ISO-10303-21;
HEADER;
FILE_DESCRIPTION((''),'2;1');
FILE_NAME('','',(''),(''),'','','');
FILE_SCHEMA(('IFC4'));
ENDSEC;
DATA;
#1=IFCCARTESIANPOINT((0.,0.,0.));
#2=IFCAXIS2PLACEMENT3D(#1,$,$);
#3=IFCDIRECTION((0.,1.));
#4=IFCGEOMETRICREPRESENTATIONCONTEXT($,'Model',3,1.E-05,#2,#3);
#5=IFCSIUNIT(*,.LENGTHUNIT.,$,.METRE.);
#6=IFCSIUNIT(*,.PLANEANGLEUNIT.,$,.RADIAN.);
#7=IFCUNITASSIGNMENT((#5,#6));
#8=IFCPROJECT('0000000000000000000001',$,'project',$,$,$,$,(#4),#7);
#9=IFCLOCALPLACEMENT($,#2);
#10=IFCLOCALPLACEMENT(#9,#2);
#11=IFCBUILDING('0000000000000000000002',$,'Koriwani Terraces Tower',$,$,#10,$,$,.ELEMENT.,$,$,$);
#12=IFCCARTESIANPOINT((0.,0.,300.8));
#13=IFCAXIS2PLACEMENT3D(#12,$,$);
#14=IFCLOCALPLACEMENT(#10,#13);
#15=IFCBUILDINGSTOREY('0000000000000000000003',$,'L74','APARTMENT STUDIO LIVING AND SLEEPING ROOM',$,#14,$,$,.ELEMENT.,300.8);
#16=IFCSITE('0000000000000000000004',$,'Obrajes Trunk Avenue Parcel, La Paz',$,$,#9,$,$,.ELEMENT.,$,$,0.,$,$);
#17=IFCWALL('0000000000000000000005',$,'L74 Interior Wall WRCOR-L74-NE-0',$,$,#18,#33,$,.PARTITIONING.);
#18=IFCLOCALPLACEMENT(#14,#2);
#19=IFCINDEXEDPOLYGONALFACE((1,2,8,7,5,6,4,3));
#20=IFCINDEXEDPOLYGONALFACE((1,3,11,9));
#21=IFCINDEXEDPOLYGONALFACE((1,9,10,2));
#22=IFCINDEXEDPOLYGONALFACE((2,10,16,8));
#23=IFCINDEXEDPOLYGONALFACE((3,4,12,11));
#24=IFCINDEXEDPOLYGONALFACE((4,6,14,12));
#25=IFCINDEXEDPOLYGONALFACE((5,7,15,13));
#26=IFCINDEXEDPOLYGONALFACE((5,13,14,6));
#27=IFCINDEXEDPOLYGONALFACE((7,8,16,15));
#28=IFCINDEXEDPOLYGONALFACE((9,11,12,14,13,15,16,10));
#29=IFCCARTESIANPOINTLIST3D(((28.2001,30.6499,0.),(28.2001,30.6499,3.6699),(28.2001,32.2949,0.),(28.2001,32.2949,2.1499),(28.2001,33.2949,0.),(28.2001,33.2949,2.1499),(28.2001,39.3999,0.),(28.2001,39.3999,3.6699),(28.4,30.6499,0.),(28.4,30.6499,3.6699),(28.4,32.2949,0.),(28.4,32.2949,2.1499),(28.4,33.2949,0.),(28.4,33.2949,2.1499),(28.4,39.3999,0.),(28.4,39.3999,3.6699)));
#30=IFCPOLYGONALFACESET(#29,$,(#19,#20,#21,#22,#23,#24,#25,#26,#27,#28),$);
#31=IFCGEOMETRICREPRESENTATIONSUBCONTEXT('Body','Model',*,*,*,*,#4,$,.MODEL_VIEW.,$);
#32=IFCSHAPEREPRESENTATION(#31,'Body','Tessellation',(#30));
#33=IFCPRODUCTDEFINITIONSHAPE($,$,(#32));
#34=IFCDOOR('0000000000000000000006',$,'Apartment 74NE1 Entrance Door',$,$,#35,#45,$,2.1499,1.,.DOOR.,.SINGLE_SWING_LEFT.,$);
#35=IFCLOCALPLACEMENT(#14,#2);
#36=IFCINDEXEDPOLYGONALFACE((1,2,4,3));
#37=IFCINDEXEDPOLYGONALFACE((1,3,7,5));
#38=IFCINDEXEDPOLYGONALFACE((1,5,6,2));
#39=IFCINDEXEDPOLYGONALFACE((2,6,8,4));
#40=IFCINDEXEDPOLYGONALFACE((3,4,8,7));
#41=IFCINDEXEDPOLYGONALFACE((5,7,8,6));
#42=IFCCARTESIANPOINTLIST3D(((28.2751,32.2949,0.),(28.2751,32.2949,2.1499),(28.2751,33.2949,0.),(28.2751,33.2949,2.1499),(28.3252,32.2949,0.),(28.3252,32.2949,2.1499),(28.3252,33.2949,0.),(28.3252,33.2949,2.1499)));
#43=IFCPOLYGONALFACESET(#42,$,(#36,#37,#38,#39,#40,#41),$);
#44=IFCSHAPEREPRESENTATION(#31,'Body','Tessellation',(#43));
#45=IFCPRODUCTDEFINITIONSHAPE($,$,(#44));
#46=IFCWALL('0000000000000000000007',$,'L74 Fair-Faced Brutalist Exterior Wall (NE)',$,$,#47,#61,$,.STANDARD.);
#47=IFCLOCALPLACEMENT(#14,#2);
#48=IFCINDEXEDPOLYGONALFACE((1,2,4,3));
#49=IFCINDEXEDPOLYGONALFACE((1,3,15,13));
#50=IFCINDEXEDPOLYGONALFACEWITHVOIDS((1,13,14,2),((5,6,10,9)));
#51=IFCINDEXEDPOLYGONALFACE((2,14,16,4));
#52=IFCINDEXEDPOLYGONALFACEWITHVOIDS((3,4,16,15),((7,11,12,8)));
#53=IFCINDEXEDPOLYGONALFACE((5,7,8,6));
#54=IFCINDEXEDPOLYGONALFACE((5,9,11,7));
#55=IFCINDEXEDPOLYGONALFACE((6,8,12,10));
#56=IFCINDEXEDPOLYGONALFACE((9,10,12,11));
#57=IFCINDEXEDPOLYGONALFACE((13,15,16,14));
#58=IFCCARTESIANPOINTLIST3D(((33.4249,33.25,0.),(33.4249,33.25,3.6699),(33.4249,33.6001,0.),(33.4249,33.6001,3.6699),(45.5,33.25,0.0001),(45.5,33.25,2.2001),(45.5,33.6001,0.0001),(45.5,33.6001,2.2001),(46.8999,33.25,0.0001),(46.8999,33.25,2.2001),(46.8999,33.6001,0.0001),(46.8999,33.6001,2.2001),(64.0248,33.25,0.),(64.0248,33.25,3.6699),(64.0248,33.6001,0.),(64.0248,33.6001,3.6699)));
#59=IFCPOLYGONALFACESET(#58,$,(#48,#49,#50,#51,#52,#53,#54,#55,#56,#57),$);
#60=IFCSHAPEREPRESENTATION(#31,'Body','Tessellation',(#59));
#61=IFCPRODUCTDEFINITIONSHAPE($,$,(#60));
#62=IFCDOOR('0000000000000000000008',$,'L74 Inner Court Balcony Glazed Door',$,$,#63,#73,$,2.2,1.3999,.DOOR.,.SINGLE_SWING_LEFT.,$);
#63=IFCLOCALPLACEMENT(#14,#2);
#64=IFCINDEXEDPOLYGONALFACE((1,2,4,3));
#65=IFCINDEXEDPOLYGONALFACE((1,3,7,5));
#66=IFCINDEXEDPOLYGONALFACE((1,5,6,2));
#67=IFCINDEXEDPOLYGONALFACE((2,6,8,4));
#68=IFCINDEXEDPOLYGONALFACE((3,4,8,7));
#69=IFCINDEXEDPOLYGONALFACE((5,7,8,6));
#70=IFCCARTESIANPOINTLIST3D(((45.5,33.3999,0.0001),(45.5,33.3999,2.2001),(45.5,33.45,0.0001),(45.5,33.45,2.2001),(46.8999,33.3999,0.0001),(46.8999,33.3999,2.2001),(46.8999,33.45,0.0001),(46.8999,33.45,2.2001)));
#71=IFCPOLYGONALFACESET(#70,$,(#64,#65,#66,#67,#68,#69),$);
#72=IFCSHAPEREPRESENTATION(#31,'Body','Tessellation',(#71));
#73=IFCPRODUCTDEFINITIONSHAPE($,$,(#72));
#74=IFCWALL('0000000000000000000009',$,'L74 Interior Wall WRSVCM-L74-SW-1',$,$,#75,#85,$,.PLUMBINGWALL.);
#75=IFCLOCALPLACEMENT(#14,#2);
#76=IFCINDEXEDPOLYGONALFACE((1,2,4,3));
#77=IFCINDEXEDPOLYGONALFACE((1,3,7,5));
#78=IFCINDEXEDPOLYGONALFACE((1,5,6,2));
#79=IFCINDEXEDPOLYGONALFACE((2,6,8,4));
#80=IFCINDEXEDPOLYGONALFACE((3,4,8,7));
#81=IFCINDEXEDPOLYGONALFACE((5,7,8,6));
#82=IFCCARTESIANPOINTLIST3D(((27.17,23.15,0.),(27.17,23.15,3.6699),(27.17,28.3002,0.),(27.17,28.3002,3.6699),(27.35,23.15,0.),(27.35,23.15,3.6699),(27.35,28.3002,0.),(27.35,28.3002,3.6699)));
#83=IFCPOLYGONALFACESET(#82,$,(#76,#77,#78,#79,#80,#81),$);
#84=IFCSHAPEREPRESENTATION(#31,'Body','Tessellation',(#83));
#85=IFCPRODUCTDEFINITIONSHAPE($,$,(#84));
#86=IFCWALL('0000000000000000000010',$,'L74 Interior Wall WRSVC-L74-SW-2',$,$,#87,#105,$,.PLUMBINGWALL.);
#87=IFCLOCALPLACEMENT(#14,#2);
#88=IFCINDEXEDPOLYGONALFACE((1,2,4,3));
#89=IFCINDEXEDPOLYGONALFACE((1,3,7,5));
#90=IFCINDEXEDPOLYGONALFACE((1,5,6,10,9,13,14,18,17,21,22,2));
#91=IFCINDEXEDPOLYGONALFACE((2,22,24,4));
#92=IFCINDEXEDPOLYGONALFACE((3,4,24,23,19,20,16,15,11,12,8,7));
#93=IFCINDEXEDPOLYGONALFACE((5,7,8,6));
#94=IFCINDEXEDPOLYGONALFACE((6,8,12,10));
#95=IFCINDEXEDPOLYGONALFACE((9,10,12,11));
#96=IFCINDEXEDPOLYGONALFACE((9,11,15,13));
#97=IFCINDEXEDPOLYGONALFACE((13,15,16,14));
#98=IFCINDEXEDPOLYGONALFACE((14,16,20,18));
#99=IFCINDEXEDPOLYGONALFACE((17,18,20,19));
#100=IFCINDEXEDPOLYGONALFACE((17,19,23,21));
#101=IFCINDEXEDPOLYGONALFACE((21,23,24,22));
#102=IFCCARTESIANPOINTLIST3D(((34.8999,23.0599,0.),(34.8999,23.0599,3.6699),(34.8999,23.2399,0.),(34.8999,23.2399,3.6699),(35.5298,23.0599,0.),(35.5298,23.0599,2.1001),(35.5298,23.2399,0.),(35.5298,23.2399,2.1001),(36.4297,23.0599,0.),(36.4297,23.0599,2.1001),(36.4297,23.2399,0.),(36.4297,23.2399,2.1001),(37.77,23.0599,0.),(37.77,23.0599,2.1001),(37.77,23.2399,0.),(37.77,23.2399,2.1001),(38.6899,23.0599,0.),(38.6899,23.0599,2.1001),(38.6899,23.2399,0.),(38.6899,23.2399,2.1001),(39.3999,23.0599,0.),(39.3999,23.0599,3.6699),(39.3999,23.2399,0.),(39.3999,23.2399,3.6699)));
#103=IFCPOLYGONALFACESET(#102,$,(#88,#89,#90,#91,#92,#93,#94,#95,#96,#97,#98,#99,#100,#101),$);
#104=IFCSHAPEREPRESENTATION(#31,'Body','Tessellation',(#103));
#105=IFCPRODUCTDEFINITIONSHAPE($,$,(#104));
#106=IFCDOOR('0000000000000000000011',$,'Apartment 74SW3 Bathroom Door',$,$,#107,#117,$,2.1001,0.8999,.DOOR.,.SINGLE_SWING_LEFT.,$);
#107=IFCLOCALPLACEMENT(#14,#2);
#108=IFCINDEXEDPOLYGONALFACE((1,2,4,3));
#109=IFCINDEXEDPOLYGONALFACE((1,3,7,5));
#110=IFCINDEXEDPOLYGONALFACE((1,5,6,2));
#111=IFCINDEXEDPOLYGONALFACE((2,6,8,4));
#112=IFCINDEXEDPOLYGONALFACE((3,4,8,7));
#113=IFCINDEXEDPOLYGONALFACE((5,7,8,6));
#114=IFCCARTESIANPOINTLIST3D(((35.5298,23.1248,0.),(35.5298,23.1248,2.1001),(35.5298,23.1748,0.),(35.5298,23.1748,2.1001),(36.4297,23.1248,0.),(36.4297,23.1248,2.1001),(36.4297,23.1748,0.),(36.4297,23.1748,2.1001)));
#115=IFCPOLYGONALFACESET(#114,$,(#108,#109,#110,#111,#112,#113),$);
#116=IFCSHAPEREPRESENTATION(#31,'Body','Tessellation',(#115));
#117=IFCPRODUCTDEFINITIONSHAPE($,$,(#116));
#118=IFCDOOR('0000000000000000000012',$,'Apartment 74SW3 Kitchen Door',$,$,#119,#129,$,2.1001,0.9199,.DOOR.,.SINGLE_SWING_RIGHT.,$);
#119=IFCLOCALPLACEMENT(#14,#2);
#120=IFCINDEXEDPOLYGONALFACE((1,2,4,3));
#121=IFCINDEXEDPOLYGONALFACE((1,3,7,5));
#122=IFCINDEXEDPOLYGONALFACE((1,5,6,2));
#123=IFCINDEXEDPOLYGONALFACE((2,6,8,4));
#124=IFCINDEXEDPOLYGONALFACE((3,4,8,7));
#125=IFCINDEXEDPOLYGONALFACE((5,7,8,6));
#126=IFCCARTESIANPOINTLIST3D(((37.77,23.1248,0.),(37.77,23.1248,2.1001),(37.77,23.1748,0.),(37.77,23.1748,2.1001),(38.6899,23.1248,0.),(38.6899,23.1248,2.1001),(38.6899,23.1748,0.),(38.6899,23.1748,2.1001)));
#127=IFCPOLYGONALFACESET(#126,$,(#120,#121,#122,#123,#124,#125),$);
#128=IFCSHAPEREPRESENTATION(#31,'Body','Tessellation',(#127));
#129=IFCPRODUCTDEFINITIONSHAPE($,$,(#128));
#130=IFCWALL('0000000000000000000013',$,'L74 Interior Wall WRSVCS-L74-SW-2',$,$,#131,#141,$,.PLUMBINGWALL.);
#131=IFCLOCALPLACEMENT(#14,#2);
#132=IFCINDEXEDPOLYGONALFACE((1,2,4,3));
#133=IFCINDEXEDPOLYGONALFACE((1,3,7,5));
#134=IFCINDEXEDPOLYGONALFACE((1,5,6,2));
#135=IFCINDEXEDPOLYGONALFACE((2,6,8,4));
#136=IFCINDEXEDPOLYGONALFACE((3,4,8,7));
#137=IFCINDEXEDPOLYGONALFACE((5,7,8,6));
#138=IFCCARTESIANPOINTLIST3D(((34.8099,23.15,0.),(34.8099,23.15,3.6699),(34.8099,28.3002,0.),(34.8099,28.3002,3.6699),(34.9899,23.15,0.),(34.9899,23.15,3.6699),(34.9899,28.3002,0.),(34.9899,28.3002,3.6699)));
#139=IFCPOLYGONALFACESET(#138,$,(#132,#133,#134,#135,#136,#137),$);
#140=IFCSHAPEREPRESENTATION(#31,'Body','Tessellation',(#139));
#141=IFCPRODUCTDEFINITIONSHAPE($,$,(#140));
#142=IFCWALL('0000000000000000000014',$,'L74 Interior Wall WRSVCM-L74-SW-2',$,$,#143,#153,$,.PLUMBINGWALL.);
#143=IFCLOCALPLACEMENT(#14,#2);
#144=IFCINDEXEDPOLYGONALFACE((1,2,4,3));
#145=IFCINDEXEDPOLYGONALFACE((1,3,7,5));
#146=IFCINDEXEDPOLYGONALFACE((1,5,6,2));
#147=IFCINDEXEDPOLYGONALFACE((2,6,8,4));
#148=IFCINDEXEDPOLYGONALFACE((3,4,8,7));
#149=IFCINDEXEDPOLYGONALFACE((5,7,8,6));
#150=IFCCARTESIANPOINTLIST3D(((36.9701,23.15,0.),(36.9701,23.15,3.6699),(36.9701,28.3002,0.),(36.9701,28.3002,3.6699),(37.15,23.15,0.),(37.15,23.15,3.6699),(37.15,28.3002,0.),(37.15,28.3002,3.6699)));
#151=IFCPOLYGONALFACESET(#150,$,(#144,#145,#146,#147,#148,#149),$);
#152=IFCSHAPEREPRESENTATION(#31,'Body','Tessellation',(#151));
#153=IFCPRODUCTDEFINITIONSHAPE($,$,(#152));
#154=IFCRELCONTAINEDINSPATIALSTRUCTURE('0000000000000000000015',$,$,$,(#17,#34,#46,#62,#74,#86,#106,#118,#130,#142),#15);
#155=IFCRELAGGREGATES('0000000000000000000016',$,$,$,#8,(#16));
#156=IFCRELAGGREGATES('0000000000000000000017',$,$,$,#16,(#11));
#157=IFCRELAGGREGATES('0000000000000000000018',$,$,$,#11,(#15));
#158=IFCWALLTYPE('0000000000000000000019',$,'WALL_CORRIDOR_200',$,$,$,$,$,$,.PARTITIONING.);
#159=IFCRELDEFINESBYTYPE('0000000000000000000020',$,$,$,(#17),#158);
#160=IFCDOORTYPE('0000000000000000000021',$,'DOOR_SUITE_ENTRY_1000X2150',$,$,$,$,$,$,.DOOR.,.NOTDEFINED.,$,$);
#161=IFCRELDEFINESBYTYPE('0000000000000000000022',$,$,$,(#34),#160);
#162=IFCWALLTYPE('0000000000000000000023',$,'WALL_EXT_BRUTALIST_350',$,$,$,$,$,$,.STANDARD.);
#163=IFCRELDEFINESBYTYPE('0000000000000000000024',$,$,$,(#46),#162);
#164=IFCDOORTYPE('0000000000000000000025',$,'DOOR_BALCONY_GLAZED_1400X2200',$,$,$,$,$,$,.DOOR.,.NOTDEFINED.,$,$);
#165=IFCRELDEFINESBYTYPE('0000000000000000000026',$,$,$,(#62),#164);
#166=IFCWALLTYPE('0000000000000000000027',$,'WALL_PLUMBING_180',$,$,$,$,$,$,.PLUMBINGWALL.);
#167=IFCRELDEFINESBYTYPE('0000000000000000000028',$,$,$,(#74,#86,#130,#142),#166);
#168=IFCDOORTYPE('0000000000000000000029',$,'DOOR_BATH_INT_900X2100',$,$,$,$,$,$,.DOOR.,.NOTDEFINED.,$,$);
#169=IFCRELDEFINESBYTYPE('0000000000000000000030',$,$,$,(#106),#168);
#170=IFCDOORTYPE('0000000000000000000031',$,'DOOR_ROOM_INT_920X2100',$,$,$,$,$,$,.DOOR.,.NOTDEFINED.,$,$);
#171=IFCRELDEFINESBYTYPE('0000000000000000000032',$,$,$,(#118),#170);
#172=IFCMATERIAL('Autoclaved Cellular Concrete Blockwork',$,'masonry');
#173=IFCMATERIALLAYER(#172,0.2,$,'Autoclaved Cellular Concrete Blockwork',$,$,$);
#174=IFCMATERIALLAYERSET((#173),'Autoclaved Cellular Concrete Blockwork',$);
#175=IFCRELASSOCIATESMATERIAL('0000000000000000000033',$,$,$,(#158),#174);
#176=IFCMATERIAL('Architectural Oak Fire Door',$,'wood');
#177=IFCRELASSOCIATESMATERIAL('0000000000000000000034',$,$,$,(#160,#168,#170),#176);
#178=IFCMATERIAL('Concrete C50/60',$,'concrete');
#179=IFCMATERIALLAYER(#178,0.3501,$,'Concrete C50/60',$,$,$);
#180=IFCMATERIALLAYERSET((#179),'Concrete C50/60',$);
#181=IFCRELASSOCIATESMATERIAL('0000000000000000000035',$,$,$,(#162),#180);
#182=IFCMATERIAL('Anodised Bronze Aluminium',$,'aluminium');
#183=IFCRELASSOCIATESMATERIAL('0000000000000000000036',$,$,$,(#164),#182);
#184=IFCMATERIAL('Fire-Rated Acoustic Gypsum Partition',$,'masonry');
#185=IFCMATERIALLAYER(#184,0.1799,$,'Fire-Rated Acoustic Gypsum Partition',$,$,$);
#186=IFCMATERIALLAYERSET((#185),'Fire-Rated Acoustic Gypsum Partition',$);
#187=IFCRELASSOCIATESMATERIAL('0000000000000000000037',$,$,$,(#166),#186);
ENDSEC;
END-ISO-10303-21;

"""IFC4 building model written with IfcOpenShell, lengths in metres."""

from ifc_helpers import new_model, si_unit, direction, frame, frame_2d, origin, place, context, subcontext, project, spatial, rectangle, extrude, material, layer, layer_set, type_object, element, fill, save


model = new_model("IFC4")

# Units and contexts
model_context = context("Model", 3, precision=1e-05, world=origin(), true_north=direction((0.0, 1.0)))
body_context = subcontext(model_context, "Body", "Model", "MODEL_VIEW")
ifc_project = project(units=[si_unit("LENGTHUNIT", "METRE"), si_unit("PLANEANGLEUNIT", "RADIAN")], contexts=[model_context])

# Site, building, storey
site_placement = place(None, origin())
site = spatial("IfcSite", under=ifc_project, at=site_placement, Name="Obrajes Trunk Avenue Parcel, La Paz", CompositionType="ELEMENT", RefElevation=0.0)
building_placement = place(site_placement, origin())
building = spatial("IfcBuilding", under=site, at=building_placement, Name="Koriwani Terraces Tower", CompositionType="ELEMENT")
storey_placement = place(building_placement, frame((0.0, 0.0, 300.8)))
storey = spatial("IfcBuildingStorey", under=building, at=storey_placement, Name="L74", Description="APARTMENT STUDIO LIVING AND SLEEPING ROOM", CompositionType="ELEMENT", Elevation=300.8)

# Shared definitions
ifc_material_1 = material(Name="Concrete C50/60", Category="concrete")

# Walls, openings, doors
ifc_material_2 = material(Name="Autoclaved Cellular Concrete Blockwork", Category="masonry")
ifc_layer_1 = layer(ifc_material_2, 0.2, Name="Autoclaved Cellular Concrete Blockwork")
ifc_layer_set_1 = layer_set([ifc_layer_1], Name="Autoclaved Cellular Concrete Blockwork")
wall_type_1 = type_object("IfcWallType", Name="WALL_CORRIDOR_200", PredefinedType="PARTITIONING", material=ifc_layer_set_1)
wall_1_placement = place(storey_placement, frame((28.3, 30.6499, 0.0), z_axis=(0.0, 0.0, 1.0), x_axis=(0.0, 1.0, 0.0)))
wall_1 = element("IfcWall", 1, at=wall_1_placement, inside=storey, type_object=wall_type_1, Name="L74 Interior Wall WRCOR-L74-NE-0", PredefinedType="PARTITIONING", context=body_context, shape_type="SweptSolid", body=[
    extrude(rectangle(XDim=8.75, YDim=0.2, at=frame_2d((4.375, 0.0))), origin(), (0.0, 0.0, 1.0), 3.6699),
])
opening_1_placement = place(wall_1_placement, frame((1.645, 0.0, 0.0)))
opening_1 = element("IfcOpeningElement", 2, at=opening_1_placement, cuts=wall_1, PredefinedType="OPENING", context=body_context, shape_type="SweptSolid", body=[
    extrude(rectangle(XDim=1.0, YDim=2.1499, at=frame_2d((0.5, 1.075))), frame((0.0, 0.1099, 0.0), z_axis=(0.0, -1.0, 0.0), x_axis=(1.0, 0.0, 0.0)), (0.0, 0.0, 1.0), 0.22),
])
ifc_material_3 = material(Name="Architectural Oak Fire Door", Category="wood")
door_type_1 = type_object("IfcDoorType", Name="DOOR_SUITE_ENTRY_1000X2150", OperationType="NOTDEFINED", PredefinedType="DOOR", material=ifc_material_3)
door_1_placement = place(opening_1_placement, origin())
door_1 = element("IfcDoor", 3, at=door_1_placement, inside=storey, type_object=door_type_1, Name="Apartment 74NE1 Entrance Door", OperationType="SINGLE_SWING_LEFT", OverallHeight=2.1499, OverallWidth=1.0, PredefinedType="DOOR", context=body_context, shape_type="SweptSolid", body=[
    extrude(rectangle(XDim=1.0, YDim=2.1499, at=frame_2d((0.5, 1.075))), frame((0.0, 0.0249, 0.0), z_axis=(0.0, -1.0, 0.0), x_axis=(1.0, 0.0, 0.0)), (0.0, 0.0, 1.0), 0.05),
])
fill(opening_1, door_1)
ifc_layer_2 = layer(ifc_material_1, 0.3501, Name="Concrete C50/60")
ifc_layer_set_2 = layer_set([ifc_layer_2], Name="Concrete C50/60")
wall_type_2 = type_object("IfcWallType", Name="WALL_EXT_BRUTALIST_350", PredefinedType="STANDARD", material=ifc_layer_set_2)
wall_2_placement = place(storey_placement, frame((33.425, 33.425, 0.0), z_axis=(0.0, 0.0, 1.0), x_axis=(1.0, 0.0, 0.0)))
wall_2 = element("IfcWall", 4, at=wall_2_placement, inside=storey, type_object=wall_type_2, Name="L74 Fair-Faced Brutalist Exterior Wall (NE)", PredefinedType="STANDARD", context=body_context, shape_type="SweptSolid", body=[
    extrude(rectangle(XDim=30.5999, YDim=0.3501, at=frame_2d((15.2998, 0.0))), origin(), (0.0, 0.0, 1.0), 3.6699),
])
opening_2_placement = place(wall_2_placement, frame((12.075, 0.0, 0.0)))
opening_2 = element("IfcOpeningElement", 5, at=opening_2_placement, cuts=wall_2, PredefinedType="OPENING", context=body_context, shape_type="SweptSolid", body=[
    extrude(rectangle(XDim=1.3999, YDim=2.2, at=frame_2d((0.7, 1.1001))), frame((0.0, 0.1851, 0.0), z_axis=(0.0, -1.0, 0.0), x_axis=(1.0, 0.0, 0.0)), (0.0, 0.0, 1.0), 0.3701),
])
ifc_material_4 = material(Name="Anodised Bronze Aluminium", Category="aluminium")
door_type_2 = type_object("IfcDoorType", Name="DOOR_BALCONY_GLAZED_1400X2200", OperationType="NOTDEFINED", PredefinedType="DOOR", material=ifc_material_4)
door_2_placement = place(opening_2_placement, origin())
door_2 = element("IfcDoor", 6, at=door_2_placement, inside=storey, type_object=door_type_2, Name="L74 Inner Court Balcony Glazed Door", OperationType="SINGLE_SWING_LEFT", OverallHeight=2.2, OverallWidth=1.3999, PredefinedType="DOOR", context=body_context, shape_type="SweptSolid", body=[
    extrude(rectangle(XDim=1.3999, YDim=2.2, at=frame_2d((0.7, 1.1001))), frame((0.0, 0.0249, 0.0), z_axis=(0.0, -1.0, 0.0), x_axis=(1.0, 0.0, 0.0)), (0.0, 0.0, 1.0), 0.05),
])
fill(opening_2, door_2)

# Wall
ifc_material_5 = material(Name="Fire-Rated Acoustic Gypsum Partition", Category="masonry")
ifc_layer_3 = layer(ifc_material_5, 0.1799, Name="Fire-Rated Acoustic Gypsum Partition")
ifc_layer_set_3 = layer_set([ifc_layer_3], Name="Fire-Rated Acoustic Gypsum Partition")
wall_type_3 = type_object("IfcWallType", Name="WALL_PLUMBING_180", PredefinedType="PLUMBINGWALL", material=ifc_layer_set_3)
wall_3_placement = place(storey_placement, frame((27.26, 23.1499, 0.0), z_axis=(0.0, 0.0, 1.0), x_axis=(0.0, 1.0, 0.0)))
element("IfcWall", 7, at=wall_3_placement, inside=storey, type_object=wall_type_3, Name="L74 Interior Wall WRSVCM-L74-SW-1", PredefinedType="PLUMBINGWALL", context=body_context, shape_type="SweptSolid", body=[
    extrude(rectangle(XDim=5.1501, YDim=0.1799, at=frame_2d((2.5752, 0.0))), origin(), (0.0, 0.0, 1.0), 3.6699),
])

# Wall, openings, doors
wall_4_placement = place(storey_placement, frame((34.8999, 23.1499, 0.0), z_axis=(0.0, 0.0, 1.0), x_axis=(1.0, 0.0, 0.0)))
wall_4 = element("IfcWall", 8, at=wall_4_placement, inside=storey, type_object=wall_type_3, Name="L74 Interior Wall WRSVC-L74-SW-2", PredefinedType="PLUMBINGWALL", context=body_context, shape_type="SweptSolid", body=[
    extrude(rectangle(XDim=4.5, YDim=0.1799, at=frame_2d((2.25, 0.0))), origin(), (0.0, 0.0, 1.0), 3.6699),
])
opening_3_placement = place(wall_4_placement, frame((0.6299, 0.0, 0.0)))
opening_3 = element("IfcOpeningElement", 9, at=opening_3_placement, cuts=wall_4, PredefinedType="OPENING", context=body_context, shape_type="SweptSolid", body=[
    extrude(rectangle(XDim=0.8999, YDim=2.1001, at=frame_2d((0.45, 1.05))), frame((0.0, 0.1001, 0.0), z_axis=(0.0, -1.0, 0.0), x_axis=(1.0, 0.0, 0.0)), (0.0, 0.0, 1.0), 0.2),
])
opening_4_placement = place(wall_4_placement, frame((2.8701, 0.0, 0.0)))
opening_4 = element("IfcOpeningElement", 10, at=opening_4_placement, cuts=wall_4, PredefinedType="OPENING", context=body_context, shape_type="SweptSolid", body=[
    extrude(rectangle(XDim=0.9199, YDim=2.1001, at=frame_2d((0.46, 1.05))), frame((0.0, 0.1001, 0.0), z_axis=(0.0, -1.0, 0.0), x_axis=(1.0, 0.0, 0.0)), (0.0, 0.0, 1.0), 0.2),
])
door_type_3 = type_object("IfcDoorType", Name="DOOR_BATH_INT_900X2100", OperationType="NOTDEFINED", PredefinedType="DOOR", material=ifc_material_3)
door_3_placement = place(opening_3_placement, origin())
door_3 = element("IfcDoor", 11, at=door_3_placement, inside=storey, type_object=door_type_3, Name="Apartment 74SW3 Bathroom Door", OperationType="SINGLE_SWING_LEFT", OverallHeight=2.1001, OverallWidth=0.8999, PredefinedType="DOOR", context=body_context, shape_type="SweptSolid", body=[
    extrude(rectangle(XDim=0.8999, YDim=2.1001, at=frame_2d((0.45, 1.05))), frame((0.0, 0.0249, 0.0), z_axis=(0.0, -1.0, 0.0), x_axis=(1.0, 0.0, 0.0)), (0.0, 0.0, 1.0), 0.05),
])
fill(opening_3, door_3)
door_type_4 = type_object("IfcDoorType", Name="DOOR_ROOM_INT_920X2100", OperationType="NOTDEFINED", PredefinedType="DOOR", material=ifc_material_3)
door_4_placement = place(opening_4_placement, origin())
door_4 = element("IfcDoor", 12, at=door_4_placement, inside=storey, type_object=door_type_4, Name="Apartment 74SW3 Kitchen Door", OperationType="SINGLE_SWING_RIGHT", OverallHeight=2.1001, OverallWidth=0.9199, PredefinedType="DOOR", context=body_context, shape_type="SweptSolid", body=[
    extrude(rectangle(XDim=0.9199, YDim=2.1001, at=frame_2d((0.46, 1.05))), frame((0.0, 0.0249, 0.0), z_axis=(0.0, -1.0, 0.0), x_axis=(1.0, 0.0, 0.0)), (0.0, 0.0, 1.0), 0.05),
])
fill(opening_4, door_4)

# Walls
for number, where, z_axis, x_axis, name in (
    (13, (34.8999, 23.1499, 0.0), (0.0, 0.0, 1.0), (0.0, 1.0, 0.0), "L74 Interior Wall WRSVCS-L74-SW-2"),
    (14, (37.0601, 23.1499, 0.0), (0.0, 0.0, 1.0), (0.0, 1.0, 0.0), "L74 Interior Wall WRSVCM-L74-SW-2"),
):
    element("IfcWall", number, at=place(storey_placement, frame(where, z_axis=z_axis, x_axis=x_axis)), inside=storey, type_object=wall_type_3, Name=name, PredefinedType="PLUMBINGWALL", context=body_context, shape_type="SweptSolid", body=[
        extrude(rectangle(XDim=5.1501, YDim=0.1799, at=frame_2d((2.5752, 0.0))), origin(), (0.0, 0.0, 1.0), 3.6699),
    ])

save(model, "model.ifc")
